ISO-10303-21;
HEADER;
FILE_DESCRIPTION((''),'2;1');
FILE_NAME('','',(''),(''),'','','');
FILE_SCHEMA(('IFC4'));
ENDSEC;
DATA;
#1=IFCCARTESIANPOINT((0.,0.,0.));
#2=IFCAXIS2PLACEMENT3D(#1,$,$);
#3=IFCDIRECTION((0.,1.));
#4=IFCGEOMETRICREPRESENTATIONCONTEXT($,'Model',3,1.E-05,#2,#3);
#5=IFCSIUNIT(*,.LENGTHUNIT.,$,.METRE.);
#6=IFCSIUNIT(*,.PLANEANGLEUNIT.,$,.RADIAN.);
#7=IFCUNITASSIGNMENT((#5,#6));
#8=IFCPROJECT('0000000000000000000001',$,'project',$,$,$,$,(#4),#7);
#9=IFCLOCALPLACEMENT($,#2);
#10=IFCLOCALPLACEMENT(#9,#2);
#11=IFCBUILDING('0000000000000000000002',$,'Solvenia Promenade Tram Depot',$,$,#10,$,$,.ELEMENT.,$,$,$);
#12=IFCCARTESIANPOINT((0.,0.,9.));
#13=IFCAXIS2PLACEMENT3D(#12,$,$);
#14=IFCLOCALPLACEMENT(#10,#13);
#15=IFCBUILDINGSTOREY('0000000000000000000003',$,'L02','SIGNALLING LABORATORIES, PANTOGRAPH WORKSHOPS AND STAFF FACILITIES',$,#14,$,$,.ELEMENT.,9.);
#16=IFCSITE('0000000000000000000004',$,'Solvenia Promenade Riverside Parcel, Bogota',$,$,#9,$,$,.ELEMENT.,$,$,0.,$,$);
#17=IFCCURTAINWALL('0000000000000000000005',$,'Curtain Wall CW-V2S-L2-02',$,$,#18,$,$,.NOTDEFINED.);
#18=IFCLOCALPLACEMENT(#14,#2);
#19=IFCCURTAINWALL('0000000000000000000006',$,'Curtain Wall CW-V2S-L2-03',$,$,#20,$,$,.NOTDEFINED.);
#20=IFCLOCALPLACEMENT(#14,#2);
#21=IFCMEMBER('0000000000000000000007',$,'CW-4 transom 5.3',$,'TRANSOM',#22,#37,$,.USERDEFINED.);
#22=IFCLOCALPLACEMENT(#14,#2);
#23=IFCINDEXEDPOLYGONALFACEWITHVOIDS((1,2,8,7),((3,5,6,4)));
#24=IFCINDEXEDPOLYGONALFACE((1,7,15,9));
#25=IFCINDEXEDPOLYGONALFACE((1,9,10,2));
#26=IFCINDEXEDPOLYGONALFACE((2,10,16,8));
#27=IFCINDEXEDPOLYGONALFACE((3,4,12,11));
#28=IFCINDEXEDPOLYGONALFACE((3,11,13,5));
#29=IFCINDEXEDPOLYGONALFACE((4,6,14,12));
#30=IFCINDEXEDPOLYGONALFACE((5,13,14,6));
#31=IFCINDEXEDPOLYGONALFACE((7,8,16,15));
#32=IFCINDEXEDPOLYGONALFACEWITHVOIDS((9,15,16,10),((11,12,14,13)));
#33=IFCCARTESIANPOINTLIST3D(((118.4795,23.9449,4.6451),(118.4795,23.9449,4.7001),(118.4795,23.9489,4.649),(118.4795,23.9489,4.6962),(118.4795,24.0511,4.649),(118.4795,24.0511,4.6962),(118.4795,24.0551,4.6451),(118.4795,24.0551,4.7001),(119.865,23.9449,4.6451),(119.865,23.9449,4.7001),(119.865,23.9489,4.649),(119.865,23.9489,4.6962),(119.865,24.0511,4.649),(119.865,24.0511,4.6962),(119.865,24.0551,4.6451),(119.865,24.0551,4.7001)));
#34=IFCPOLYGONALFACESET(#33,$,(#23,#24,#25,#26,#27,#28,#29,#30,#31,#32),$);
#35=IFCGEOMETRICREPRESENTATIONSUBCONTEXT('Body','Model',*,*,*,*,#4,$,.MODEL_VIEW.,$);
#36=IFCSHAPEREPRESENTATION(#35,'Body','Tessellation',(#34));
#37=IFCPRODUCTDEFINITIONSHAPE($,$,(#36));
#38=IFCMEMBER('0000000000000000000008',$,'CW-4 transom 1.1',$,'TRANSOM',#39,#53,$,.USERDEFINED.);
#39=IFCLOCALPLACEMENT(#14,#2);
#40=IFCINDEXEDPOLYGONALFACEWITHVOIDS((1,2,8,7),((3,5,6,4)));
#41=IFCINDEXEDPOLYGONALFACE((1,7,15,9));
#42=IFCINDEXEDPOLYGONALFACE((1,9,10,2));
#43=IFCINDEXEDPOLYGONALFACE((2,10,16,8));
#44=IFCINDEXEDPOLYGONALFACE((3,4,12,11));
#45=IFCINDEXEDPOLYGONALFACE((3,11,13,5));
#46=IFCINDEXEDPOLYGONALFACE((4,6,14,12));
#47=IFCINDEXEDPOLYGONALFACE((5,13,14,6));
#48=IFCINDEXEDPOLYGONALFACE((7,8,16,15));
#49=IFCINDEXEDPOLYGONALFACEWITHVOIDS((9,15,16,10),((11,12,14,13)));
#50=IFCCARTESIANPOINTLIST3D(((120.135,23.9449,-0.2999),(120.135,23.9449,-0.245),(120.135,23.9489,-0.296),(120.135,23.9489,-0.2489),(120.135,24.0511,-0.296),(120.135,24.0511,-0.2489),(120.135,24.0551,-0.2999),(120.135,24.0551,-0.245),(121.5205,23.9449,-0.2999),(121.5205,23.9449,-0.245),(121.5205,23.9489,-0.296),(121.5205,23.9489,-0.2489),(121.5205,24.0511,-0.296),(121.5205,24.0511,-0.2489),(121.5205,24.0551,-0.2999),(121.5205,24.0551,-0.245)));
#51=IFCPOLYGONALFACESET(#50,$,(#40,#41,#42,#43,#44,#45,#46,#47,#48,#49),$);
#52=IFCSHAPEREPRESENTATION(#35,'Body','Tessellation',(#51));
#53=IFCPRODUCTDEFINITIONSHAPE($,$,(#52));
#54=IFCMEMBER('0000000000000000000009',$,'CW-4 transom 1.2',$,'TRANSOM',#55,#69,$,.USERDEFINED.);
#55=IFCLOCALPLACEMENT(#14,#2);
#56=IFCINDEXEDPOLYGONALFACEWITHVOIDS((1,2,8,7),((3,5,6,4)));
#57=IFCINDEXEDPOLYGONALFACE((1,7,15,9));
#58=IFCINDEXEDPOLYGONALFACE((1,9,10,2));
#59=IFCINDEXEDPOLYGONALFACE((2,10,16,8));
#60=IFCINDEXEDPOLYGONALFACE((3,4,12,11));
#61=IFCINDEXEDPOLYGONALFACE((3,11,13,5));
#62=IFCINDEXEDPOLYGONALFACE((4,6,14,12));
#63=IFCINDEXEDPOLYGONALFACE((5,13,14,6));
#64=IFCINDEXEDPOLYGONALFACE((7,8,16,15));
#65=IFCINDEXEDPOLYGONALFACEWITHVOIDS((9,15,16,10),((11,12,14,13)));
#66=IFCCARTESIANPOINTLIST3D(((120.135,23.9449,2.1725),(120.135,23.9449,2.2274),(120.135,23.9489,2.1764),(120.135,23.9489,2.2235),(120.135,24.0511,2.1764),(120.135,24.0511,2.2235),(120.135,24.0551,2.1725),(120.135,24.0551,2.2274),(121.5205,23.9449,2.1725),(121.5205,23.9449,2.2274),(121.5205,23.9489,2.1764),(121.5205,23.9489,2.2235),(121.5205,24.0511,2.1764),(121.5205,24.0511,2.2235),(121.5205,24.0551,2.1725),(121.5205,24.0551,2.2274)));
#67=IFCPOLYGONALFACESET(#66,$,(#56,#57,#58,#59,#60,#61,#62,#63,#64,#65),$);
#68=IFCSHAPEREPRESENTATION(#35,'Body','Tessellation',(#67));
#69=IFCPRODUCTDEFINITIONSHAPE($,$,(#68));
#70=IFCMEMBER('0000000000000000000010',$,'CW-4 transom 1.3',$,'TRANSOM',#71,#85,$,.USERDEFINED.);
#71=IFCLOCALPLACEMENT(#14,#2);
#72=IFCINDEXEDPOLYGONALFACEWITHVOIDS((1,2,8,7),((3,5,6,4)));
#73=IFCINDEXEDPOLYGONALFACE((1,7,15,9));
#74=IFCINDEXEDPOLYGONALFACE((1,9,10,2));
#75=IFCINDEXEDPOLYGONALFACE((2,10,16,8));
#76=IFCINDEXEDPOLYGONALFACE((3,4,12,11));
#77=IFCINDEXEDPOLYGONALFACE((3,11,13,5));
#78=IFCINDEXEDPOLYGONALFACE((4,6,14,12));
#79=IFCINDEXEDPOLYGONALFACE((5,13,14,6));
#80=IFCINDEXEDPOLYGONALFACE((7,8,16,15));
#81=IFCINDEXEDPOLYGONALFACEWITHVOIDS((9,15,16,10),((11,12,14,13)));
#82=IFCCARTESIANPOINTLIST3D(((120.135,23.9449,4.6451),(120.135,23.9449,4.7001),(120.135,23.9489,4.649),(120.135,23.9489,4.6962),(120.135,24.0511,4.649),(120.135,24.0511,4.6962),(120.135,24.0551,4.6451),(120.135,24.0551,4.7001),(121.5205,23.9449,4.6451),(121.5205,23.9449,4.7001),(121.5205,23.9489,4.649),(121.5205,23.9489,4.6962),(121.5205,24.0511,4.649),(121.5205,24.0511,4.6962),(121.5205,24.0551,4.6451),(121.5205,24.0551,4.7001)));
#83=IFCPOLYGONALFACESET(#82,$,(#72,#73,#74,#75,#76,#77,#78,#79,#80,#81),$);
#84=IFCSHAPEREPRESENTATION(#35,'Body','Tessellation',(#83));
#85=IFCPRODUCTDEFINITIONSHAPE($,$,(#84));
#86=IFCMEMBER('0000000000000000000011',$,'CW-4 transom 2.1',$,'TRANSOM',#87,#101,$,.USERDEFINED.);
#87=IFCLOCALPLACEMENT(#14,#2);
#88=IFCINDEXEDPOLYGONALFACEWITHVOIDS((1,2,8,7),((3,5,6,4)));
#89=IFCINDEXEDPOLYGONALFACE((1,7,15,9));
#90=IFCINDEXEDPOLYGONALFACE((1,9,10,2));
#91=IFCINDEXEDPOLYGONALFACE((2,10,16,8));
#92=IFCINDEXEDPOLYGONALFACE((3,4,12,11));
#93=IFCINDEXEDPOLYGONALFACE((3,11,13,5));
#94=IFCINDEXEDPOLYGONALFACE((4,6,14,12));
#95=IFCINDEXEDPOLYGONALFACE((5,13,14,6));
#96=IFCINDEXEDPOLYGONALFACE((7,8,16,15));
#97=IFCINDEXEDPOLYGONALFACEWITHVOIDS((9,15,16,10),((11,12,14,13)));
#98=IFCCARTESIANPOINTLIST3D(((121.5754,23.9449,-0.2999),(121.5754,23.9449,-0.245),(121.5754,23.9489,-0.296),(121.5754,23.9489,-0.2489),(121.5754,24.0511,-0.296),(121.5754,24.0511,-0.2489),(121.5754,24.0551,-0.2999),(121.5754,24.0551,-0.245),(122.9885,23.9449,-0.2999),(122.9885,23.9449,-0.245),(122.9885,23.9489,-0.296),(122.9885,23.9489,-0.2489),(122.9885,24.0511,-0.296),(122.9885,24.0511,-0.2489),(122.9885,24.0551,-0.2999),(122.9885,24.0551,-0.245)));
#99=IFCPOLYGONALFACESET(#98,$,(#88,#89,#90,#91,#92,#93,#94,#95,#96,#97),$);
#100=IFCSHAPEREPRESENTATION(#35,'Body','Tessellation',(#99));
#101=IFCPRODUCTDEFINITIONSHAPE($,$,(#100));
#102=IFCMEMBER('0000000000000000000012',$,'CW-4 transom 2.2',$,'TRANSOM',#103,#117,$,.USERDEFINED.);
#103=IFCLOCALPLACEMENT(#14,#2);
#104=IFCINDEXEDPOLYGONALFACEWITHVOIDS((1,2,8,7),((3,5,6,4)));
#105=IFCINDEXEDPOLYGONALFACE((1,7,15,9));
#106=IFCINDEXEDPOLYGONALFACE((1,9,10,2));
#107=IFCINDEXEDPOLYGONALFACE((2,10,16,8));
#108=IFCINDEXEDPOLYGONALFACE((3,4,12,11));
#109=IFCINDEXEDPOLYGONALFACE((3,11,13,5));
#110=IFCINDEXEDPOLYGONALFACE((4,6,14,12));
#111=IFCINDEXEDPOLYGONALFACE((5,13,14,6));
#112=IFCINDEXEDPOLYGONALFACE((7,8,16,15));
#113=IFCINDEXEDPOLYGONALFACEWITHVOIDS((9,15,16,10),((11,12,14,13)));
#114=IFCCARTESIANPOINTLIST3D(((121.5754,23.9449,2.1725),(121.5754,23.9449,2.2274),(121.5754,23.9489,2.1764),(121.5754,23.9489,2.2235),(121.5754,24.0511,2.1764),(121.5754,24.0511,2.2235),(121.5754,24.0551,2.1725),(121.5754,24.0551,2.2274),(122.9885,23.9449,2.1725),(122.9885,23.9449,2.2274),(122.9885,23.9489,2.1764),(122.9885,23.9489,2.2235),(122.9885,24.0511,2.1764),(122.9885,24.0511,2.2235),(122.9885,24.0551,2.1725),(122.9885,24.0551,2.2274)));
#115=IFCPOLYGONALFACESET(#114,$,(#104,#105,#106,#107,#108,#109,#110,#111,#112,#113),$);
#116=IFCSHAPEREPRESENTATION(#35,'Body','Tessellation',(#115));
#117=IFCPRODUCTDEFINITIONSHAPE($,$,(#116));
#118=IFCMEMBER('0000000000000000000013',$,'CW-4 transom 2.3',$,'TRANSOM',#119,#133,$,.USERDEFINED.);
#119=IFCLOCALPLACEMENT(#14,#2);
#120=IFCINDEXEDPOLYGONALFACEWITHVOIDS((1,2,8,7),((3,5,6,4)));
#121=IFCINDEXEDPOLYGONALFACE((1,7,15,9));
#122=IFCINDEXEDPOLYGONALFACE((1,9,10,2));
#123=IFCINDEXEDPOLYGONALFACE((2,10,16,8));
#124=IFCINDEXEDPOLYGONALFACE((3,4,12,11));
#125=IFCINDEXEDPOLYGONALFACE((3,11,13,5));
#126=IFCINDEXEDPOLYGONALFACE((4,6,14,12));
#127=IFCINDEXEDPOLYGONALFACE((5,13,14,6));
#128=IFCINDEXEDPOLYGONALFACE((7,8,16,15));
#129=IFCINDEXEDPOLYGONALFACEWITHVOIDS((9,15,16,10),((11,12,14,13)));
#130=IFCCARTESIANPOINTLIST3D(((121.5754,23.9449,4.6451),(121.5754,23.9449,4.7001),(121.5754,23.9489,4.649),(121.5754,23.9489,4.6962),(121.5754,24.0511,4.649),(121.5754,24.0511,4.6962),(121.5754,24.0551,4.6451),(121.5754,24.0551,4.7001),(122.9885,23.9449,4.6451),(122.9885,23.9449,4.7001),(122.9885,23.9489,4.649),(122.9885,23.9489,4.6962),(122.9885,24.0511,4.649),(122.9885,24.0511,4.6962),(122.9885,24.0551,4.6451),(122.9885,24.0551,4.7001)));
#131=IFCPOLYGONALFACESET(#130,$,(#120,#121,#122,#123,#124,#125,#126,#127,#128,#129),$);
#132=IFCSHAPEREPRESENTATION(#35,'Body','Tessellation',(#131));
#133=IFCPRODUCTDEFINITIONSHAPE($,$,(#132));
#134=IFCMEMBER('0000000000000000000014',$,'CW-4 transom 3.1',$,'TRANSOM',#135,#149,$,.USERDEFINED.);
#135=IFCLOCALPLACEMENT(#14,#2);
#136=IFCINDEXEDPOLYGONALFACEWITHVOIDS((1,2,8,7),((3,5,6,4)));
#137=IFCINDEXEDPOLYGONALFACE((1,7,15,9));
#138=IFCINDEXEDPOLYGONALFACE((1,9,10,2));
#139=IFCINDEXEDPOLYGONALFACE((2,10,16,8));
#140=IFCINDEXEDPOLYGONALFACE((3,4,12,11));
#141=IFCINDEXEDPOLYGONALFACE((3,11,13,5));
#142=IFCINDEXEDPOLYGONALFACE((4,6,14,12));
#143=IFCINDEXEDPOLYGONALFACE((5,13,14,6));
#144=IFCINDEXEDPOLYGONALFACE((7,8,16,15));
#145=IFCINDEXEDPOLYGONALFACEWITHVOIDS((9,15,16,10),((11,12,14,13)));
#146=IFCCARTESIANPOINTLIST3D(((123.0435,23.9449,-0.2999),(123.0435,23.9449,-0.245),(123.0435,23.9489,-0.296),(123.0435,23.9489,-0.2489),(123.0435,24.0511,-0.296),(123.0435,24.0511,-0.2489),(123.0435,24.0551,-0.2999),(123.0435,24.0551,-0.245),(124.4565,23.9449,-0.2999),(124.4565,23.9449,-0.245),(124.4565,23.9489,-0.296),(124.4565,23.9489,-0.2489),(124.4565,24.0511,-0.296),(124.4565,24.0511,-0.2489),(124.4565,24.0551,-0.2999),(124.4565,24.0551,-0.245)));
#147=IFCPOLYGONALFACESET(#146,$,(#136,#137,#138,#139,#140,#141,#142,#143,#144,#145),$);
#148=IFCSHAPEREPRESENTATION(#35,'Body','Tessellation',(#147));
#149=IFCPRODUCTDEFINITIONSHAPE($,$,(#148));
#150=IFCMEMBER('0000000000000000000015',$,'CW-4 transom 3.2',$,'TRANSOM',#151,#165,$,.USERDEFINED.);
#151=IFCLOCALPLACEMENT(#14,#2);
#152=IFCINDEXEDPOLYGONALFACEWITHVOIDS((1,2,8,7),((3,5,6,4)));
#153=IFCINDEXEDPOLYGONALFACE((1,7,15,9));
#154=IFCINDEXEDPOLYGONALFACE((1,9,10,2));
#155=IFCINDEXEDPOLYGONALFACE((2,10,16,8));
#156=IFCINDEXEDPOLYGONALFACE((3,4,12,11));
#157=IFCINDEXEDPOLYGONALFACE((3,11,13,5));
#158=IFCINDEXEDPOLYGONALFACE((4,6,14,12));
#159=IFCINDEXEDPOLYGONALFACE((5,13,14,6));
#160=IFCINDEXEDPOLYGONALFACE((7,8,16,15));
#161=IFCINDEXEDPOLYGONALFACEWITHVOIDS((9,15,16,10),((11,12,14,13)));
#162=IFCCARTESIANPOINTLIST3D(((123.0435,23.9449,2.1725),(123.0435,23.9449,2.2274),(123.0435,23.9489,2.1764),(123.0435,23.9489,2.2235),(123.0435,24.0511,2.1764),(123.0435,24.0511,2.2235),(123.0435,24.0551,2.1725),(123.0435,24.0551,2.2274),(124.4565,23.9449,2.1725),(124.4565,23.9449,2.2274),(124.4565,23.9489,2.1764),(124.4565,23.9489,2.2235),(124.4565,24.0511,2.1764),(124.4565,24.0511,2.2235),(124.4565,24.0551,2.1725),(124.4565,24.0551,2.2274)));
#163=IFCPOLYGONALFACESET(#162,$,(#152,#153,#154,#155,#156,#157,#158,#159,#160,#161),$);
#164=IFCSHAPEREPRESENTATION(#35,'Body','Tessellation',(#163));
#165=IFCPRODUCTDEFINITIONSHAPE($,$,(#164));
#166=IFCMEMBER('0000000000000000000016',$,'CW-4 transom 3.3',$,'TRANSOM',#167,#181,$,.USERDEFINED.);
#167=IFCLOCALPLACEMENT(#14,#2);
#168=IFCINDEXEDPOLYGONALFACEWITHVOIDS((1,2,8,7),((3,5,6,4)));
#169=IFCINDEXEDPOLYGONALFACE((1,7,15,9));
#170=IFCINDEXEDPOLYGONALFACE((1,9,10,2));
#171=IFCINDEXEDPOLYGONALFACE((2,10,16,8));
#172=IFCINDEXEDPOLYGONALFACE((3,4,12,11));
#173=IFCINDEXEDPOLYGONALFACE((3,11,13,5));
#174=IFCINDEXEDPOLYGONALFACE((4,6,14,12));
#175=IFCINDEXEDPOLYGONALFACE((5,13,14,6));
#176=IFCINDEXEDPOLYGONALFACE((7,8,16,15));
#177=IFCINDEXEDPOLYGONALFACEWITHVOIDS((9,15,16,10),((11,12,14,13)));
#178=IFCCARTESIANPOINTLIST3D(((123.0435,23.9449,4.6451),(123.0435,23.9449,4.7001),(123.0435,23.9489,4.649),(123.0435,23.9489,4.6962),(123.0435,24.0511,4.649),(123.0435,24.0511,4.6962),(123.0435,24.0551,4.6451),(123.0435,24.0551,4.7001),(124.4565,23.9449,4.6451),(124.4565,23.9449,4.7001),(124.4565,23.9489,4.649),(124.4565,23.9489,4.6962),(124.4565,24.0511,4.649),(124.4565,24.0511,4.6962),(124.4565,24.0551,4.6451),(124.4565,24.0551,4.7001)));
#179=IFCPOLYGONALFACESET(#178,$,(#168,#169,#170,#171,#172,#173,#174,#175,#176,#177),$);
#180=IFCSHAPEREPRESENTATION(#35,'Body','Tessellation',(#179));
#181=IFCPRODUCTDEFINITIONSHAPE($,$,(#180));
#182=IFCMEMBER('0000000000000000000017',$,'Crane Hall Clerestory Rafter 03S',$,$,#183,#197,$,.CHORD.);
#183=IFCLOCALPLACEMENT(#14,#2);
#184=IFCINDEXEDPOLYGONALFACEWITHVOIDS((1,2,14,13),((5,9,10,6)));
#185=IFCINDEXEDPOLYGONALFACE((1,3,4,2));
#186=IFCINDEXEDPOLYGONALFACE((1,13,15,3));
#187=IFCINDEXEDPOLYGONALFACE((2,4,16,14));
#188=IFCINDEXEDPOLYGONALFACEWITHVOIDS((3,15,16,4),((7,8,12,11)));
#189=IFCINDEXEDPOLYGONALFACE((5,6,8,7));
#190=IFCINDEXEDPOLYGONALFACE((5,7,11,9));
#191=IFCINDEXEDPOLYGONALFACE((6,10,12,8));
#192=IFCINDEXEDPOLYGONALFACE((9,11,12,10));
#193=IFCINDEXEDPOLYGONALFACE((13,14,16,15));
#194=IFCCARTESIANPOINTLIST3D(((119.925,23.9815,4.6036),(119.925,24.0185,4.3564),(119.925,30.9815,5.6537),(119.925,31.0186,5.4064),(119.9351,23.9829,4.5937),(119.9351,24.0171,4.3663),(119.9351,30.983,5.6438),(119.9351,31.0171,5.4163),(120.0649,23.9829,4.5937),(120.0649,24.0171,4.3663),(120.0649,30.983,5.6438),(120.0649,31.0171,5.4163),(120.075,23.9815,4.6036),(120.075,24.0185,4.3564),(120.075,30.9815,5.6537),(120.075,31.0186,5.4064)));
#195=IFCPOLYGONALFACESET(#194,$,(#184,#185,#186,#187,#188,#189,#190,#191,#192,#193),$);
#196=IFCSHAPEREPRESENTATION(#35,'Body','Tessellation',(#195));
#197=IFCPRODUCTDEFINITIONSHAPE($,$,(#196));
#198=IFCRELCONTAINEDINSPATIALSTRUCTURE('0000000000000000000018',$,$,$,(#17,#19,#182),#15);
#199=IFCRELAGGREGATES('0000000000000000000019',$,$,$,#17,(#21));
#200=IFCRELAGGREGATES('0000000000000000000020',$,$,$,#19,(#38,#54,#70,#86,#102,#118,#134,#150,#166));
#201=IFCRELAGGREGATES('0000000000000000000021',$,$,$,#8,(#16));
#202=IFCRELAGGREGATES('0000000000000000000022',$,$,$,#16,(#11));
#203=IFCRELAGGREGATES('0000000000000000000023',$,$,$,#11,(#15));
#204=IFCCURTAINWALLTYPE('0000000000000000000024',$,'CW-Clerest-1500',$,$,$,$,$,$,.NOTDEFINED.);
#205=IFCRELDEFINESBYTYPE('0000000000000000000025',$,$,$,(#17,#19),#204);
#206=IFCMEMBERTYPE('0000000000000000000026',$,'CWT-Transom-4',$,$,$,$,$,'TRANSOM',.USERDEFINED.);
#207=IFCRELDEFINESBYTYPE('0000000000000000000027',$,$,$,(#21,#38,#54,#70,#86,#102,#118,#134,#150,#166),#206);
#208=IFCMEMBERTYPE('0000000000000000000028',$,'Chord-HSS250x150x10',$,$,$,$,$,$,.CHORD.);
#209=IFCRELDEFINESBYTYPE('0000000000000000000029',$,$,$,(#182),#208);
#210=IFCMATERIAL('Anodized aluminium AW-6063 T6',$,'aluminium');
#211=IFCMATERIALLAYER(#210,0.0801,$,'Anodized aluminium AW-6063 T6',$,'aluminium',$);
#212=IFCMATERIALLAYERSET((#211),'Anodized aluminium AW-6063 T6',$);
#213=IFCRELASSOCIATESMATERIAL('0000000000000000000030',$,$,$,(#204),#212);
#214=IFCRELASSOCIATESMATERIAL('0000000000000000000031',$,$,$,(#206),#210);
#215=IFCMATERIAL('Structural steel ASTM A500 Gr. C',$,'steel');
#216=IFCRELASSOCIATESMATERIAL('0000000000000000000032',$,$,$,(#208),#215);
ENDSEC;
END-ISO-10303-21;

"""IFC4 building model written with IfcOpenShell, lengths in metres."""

from ifc_helpers import new_model, si_unit, direction, frame, origin, origin_2d, place, context, subcontext, project, spatial, hollow_rectangle, extrude, material, layer, layer_set, material_profile, profile_set, type_object, element, aggregate, save


model = new_model("IFC4")

# Units and contexts
model_context = context("Model", 3, precision=1e-05, world=origin(), true_north=direction((0.0, 1.0)))
body_context = subcontext(model_context, "Body", "Model", "MODEL_VIEW")
ifc_project = project(units=[si_unit("LENGTHUNIT", "METRE"), si_unit("PLANEANGLEUNIT", "RADIAN")], contexts=[model_context])

# Site, building, storey
site_placement = place(None, origin())
site = spatial("IfcSite", under=ifc_project, at=site_placement, Name="Solvenia Promenade Riverside Parcel, Bogota", CompositionType="ELEMENT", RefElevation=0.0)
building_placement = place(site_placement, origin())
building = spatial("IfcBuilding", under=site, at=building_placement, Name="Solvenia Promenade Tram Depot", CompositionType="ELEMENT")
storey_placement = place(building_placement, frame((0.0, 0.0, 9.0)))
storey = spatial("IfcBuildingStorey", under=building, at=storey_placement, Name="L02", Description="SIGNALLING LABORATORIES, PANTOGRAPH WORKSHOPS AND STAFF FACILITIES", CompositionType="ELEMENT", Elevation=9.0)

# Curtain walls
ifc_material_1 = material(Name="Anodized aluminium AW-6063 T6", Category="aluminium")
ifc_layer_1 = layer(ifc_material_1, 0.0801, Name="Anodized aluminium AW-6063 T6", Category="aluminium")
ifc_layer_set_1 = layer_set([ifc_layer_1], Name="Anodized aluminium AW-6063 T6")
curtain_wall_type = type_object("IfcCurtainWallType", Name="CW-Clerest-1500", PredefinedType="NOTDEFINED", material=ifc_layer_set_1)
curtain_wall_1_placement = place(storey_placement, origin())
curtain_wall_1 = element("IfcCurtainWall", 1, at=curtain_wall_1_placement, inside=storey, type_object=curtain_wall_type, Name="Curtain Wall CW-V2S-L2-02", PredefinedType="NOTDEFINED")
curtain_wall_2_placement = place(storey_placement, origin())
curtain_wall_2 = element("IfcCurtainWall", 2, at=curtain_wall_2_placement, inside=storey, type_object=curtain_wall_type, Name="Curtain Wall CW-V2S-L2-03", PredefinedType="NOTDEFINED")

# Members
ifc_material_profile_1 = material_profile(ifc_material_1, hollow_rectangle(XDim=0.1101, YDim=0.0549, WallThickness=0.0039, at=origin_2d()), Name="ALU-T4", Category="aluminium")
ifc_profile_set_1 = profile_set([ifc_material_profile_1], Name="Anodized aluminium AW-6063 T6")
member_type_1 = type_object("IfcMemberType", Name="CWT-Transom-4", ElementType="TRANSOM", PredefinedType="USERDEFINED", material=ifc_profile_set_1)
member_1_placement = place(storey_placement, frame((118.4795, 24.0, 4.6726), z_axis=(1.0, 0.0, 0.0), x_axis=(0.0, 1.0, 0.0)))
member_1 = element("IfcMember", 3, at=member_1_placement, type_object=member_type_1, Name="CW-4 transom 5.3", ObjectType="TRANSOM", PredefinedType="USERDEFINED", context=body_context, shape_type="SweptSolid", body=[
    extrude(hollow_rectangle(XDim=0.1101, YDim=0.0549, WallThickness=0.0039, at=origin_2d()), origin(), (0.0, 0.0, 1.0), 1.3855),
])
member_2_placement = place(storey_placement, frame((120.135, 24.0, -0.2725), z_axis=(1.0, 0.0, 0.0), x_axis=(0.0, 1.0, 0.0)))
member_2 = element("IfcMember", 4, at=member_2_placement, type_object=member_type_1, Name="CW-4 transom 1.1", ObjectType="TRANSOM", PredefinedType="USERDEFINED", context=body_context, shape_type="SweptSolid", body=[
    extrude(hollow_rectangle(XDim=0.1101, YDim=0.0549, WallThickness=0.0039, at=origin_2d()), origin(), (0.0, 0.0, 1.0), 1.3855),
])
member_3_placement = place(storey_placement, frame((120.135, 24.0, 2.2), z_axis=(1.0, 0.0, 0.0), x_axis=(0.0, 1.0, 0.0)))
member_3 = element("IfcMember", 5, at=member_3_placement, type_object=member_type_1, Name="CW-4 transom 1.2", ObjectType="TRANSOM", PredefinedType="USERDEFINED", context=body_context, shape_type="SweptSolid", body=[
    extrude(hollow_rectangle(XDim=0.1101, YDim=0.0549, WallThickness=0.0039, at=origin_2d()), origin(), (0.0, 0.0, 1.0), 1.3855),
])
member_4_placement = place(storey_placement, frame((120.135, 24.0, 4.6726), z_axis=(1.0, 0.0, 0.0), x_axis=(0.0, 1.0, 0.0)))
member_4 = element("IfcMember", 6, at=member_4_placement, type_object=member_type_1, Name="CW-4 transom 1.3", ObjectType="TRANSOM", PredefinedType="USERDEFINED", context=body_context, shape_type="SweptSolid", body=[
    extrude(hollow_rectangle(XDim=0.1101, YDim=0.0549, WallThickness=0.0039, at=origin_2d()), origin(), (0.0, 0.0, 1.0), 1.3855),
])
member_5_placement = place(storey_placement, frame((121.5754, 24.0, -0.2725), z_axis=(1.0, 0.0, 0.0), x_axis=(0.0, 1.0, 0.0)))
member_5 = element("IfcMember", 7, at=member_5_placement, type_object=member_type_1, Name="CW-4 transom 2.1", ObjectType="TRANSOM", PredefinedType="USERDEFINED", context=body_context, shape_type="SweptSolid", body=[
    extrude(hollow_rectangle(XDim=0.1101, YDim=0.0549, WallThickness=0.0039, at=origin_2d()), origin(), (0.0, 0.0, 1.0), 1.4131),
])
member_6_placement = place(storey_placement, frame((121.5754, 24.0, 2.2), z_axis=(1.0, 0.0, 0.0), x_axis=(0.0, 1.0, 0.0)))
member_6 = element("IfcMember", 8, at=member_6_placement, type_object=member_type_1, Name="CW-4 transom 2.2", ObjectType="TRANSOM", PredefinedType="USERDEFINED", context=body_context, shape_type="SweptSolid", body=[
    extrude(hollow_rectangle(XDim=0.1101, YDim=0.0549, WallThickness=0.0039, at=origin_2d()), origin(), (0.0, 0.0, 1.0), 1.4131),
])
member_7_placement = place(storey_placement, frame((121.5754, 24.0, 4.6726), z_axis=(1.0, 0.0, 0.0), x_axis=(0.0, 1.0, 0.0)))
member_7 = element("IfcMember", 9, at=member_7_placement, type_object=member_type_1, Name="CW-4 transom 2.3", ObjectType="TRANSOM", PredefinedType="USERDEFINED", context=body_context, shape_type="SweptSolid", body=[
    extrude(hollow_rectangle(XDim=0.1101, YDim=0.0549, WallThickness=0.0039, at=origin_2d()), origin(), (0.0, 0.0, 1.0), 1.4131),
])
member_8_placement = place(storey_placement, frame((123.0435, 24.0, -0.2725), z_axis=(1.0, 0.0, 0.0), x_axis=(0.0, 1.0, 0.0)))
member_8 = element("IfcMember", 10, at=member_8_placement, type_object=member_type_1, Name="CW-4 transom 3.1", ObjectType="TRANSOM", PredefinedType="USERDEFINED", context=body_context, shape_type="SweptSolid", body=[
    extrude(hollow_rectangle(XDim=0.1101, YDim=0.0549, WallThickness=0.0039, at=origin_2d()), origin(), (0.0, 0.0, 1.0), 1.4131),
])
member_9_placement = place(storey_placement, frame((123.0435, 24.0, 2.2), z_axis=(1.0, 0.0, 0.0), x_axis=(0.0, 1.0, 0.0)))
member_9 = element("IfcMember", 11, at=member_9_placement, type_object=member_type_1, Name="CW-4 transom 3.2", ObjectType="TRANSOM", PredefinedType="USERDEFINED", context=body_context, shape_type="SweptSolid", body=[
    extrude(hollow_rectangle(XDim=0.1101, YDim=0.0549, WallThickness=0.0039, at=origin_2d()), origin(), (0.0, 0.0, 1.0), 1.4131),
])
member_10_placement = place(storey_placement, frame((123.0435, 24.0, 4.6726), z_axis=(1.0, 0.0, 0.0), x_axis=(0.0, 1.0, 0.0)))
member_10 = element("IfcMember", 12, at=member_10_placement, type_object=member_type_1, Name="CW-4 transom 3.3", ObjectType="TRANSOM", PredefinedType="USERDEFINED", context=body_context, shape_type="SweptSolid", body=[
    extrude(hollow_rectangle(XDim=0.1101, YDim=0.0549, WallThickness=0.0039, at=origin_2d()), origin(), (0.0, 0.0, 1.0), 1.4131),
])

# Member
ifc_material_2 = material(Name="Structural steel ASTM A500 Gr. C", Category="steel")
ifc_material_profile_2 = material_profile(ifc_material_2, hollow_rectangle(XDim=0.1499, YDim=0.25, WallThickness=0.01, at=origin_2d()), Name="HSS250x150x10", Category="steel")
ifc_profile_set_2 = profile_set([ifc_material_profile_2], Name="Structural steel ASTM A500 Gr. C")
member_type_2 = type_object("IfcMemberType", Name="Chord-HSS250x150x10", PredefinedType="CHORD", material=ifc_profile_set_2)
member_11_placement = place(storey_placement, frame((120.0, 24.0, 4.48), z_axis=(0.0, 0.988935, 0.148347), x_axis=(-1.0, 0.0, 0.0)))
element("IfcMember", 13, at=member_11_placement, inside=storey, type_object=member_type_2, Name="Crane Hall Clerestory Rafter 03S", PredefinedType="CHORD", context=body_context, shape_type="SweptSolid", body=[
    extrude(hollow_rectangle(XDim=0.1499, YDim=0.25, WallThickness=0.01, at=origin_2d()), origin(), (0.0, 0.0, 1.0), 7.0784),
])

aggregate(curtain_wall_1, [member_1])
aggregate(curtain_wall_2, [member_2, member_3, member_4, member_5, member_6, member_7, member_8, member_9, member_10])

save(model, "model.ifc")
